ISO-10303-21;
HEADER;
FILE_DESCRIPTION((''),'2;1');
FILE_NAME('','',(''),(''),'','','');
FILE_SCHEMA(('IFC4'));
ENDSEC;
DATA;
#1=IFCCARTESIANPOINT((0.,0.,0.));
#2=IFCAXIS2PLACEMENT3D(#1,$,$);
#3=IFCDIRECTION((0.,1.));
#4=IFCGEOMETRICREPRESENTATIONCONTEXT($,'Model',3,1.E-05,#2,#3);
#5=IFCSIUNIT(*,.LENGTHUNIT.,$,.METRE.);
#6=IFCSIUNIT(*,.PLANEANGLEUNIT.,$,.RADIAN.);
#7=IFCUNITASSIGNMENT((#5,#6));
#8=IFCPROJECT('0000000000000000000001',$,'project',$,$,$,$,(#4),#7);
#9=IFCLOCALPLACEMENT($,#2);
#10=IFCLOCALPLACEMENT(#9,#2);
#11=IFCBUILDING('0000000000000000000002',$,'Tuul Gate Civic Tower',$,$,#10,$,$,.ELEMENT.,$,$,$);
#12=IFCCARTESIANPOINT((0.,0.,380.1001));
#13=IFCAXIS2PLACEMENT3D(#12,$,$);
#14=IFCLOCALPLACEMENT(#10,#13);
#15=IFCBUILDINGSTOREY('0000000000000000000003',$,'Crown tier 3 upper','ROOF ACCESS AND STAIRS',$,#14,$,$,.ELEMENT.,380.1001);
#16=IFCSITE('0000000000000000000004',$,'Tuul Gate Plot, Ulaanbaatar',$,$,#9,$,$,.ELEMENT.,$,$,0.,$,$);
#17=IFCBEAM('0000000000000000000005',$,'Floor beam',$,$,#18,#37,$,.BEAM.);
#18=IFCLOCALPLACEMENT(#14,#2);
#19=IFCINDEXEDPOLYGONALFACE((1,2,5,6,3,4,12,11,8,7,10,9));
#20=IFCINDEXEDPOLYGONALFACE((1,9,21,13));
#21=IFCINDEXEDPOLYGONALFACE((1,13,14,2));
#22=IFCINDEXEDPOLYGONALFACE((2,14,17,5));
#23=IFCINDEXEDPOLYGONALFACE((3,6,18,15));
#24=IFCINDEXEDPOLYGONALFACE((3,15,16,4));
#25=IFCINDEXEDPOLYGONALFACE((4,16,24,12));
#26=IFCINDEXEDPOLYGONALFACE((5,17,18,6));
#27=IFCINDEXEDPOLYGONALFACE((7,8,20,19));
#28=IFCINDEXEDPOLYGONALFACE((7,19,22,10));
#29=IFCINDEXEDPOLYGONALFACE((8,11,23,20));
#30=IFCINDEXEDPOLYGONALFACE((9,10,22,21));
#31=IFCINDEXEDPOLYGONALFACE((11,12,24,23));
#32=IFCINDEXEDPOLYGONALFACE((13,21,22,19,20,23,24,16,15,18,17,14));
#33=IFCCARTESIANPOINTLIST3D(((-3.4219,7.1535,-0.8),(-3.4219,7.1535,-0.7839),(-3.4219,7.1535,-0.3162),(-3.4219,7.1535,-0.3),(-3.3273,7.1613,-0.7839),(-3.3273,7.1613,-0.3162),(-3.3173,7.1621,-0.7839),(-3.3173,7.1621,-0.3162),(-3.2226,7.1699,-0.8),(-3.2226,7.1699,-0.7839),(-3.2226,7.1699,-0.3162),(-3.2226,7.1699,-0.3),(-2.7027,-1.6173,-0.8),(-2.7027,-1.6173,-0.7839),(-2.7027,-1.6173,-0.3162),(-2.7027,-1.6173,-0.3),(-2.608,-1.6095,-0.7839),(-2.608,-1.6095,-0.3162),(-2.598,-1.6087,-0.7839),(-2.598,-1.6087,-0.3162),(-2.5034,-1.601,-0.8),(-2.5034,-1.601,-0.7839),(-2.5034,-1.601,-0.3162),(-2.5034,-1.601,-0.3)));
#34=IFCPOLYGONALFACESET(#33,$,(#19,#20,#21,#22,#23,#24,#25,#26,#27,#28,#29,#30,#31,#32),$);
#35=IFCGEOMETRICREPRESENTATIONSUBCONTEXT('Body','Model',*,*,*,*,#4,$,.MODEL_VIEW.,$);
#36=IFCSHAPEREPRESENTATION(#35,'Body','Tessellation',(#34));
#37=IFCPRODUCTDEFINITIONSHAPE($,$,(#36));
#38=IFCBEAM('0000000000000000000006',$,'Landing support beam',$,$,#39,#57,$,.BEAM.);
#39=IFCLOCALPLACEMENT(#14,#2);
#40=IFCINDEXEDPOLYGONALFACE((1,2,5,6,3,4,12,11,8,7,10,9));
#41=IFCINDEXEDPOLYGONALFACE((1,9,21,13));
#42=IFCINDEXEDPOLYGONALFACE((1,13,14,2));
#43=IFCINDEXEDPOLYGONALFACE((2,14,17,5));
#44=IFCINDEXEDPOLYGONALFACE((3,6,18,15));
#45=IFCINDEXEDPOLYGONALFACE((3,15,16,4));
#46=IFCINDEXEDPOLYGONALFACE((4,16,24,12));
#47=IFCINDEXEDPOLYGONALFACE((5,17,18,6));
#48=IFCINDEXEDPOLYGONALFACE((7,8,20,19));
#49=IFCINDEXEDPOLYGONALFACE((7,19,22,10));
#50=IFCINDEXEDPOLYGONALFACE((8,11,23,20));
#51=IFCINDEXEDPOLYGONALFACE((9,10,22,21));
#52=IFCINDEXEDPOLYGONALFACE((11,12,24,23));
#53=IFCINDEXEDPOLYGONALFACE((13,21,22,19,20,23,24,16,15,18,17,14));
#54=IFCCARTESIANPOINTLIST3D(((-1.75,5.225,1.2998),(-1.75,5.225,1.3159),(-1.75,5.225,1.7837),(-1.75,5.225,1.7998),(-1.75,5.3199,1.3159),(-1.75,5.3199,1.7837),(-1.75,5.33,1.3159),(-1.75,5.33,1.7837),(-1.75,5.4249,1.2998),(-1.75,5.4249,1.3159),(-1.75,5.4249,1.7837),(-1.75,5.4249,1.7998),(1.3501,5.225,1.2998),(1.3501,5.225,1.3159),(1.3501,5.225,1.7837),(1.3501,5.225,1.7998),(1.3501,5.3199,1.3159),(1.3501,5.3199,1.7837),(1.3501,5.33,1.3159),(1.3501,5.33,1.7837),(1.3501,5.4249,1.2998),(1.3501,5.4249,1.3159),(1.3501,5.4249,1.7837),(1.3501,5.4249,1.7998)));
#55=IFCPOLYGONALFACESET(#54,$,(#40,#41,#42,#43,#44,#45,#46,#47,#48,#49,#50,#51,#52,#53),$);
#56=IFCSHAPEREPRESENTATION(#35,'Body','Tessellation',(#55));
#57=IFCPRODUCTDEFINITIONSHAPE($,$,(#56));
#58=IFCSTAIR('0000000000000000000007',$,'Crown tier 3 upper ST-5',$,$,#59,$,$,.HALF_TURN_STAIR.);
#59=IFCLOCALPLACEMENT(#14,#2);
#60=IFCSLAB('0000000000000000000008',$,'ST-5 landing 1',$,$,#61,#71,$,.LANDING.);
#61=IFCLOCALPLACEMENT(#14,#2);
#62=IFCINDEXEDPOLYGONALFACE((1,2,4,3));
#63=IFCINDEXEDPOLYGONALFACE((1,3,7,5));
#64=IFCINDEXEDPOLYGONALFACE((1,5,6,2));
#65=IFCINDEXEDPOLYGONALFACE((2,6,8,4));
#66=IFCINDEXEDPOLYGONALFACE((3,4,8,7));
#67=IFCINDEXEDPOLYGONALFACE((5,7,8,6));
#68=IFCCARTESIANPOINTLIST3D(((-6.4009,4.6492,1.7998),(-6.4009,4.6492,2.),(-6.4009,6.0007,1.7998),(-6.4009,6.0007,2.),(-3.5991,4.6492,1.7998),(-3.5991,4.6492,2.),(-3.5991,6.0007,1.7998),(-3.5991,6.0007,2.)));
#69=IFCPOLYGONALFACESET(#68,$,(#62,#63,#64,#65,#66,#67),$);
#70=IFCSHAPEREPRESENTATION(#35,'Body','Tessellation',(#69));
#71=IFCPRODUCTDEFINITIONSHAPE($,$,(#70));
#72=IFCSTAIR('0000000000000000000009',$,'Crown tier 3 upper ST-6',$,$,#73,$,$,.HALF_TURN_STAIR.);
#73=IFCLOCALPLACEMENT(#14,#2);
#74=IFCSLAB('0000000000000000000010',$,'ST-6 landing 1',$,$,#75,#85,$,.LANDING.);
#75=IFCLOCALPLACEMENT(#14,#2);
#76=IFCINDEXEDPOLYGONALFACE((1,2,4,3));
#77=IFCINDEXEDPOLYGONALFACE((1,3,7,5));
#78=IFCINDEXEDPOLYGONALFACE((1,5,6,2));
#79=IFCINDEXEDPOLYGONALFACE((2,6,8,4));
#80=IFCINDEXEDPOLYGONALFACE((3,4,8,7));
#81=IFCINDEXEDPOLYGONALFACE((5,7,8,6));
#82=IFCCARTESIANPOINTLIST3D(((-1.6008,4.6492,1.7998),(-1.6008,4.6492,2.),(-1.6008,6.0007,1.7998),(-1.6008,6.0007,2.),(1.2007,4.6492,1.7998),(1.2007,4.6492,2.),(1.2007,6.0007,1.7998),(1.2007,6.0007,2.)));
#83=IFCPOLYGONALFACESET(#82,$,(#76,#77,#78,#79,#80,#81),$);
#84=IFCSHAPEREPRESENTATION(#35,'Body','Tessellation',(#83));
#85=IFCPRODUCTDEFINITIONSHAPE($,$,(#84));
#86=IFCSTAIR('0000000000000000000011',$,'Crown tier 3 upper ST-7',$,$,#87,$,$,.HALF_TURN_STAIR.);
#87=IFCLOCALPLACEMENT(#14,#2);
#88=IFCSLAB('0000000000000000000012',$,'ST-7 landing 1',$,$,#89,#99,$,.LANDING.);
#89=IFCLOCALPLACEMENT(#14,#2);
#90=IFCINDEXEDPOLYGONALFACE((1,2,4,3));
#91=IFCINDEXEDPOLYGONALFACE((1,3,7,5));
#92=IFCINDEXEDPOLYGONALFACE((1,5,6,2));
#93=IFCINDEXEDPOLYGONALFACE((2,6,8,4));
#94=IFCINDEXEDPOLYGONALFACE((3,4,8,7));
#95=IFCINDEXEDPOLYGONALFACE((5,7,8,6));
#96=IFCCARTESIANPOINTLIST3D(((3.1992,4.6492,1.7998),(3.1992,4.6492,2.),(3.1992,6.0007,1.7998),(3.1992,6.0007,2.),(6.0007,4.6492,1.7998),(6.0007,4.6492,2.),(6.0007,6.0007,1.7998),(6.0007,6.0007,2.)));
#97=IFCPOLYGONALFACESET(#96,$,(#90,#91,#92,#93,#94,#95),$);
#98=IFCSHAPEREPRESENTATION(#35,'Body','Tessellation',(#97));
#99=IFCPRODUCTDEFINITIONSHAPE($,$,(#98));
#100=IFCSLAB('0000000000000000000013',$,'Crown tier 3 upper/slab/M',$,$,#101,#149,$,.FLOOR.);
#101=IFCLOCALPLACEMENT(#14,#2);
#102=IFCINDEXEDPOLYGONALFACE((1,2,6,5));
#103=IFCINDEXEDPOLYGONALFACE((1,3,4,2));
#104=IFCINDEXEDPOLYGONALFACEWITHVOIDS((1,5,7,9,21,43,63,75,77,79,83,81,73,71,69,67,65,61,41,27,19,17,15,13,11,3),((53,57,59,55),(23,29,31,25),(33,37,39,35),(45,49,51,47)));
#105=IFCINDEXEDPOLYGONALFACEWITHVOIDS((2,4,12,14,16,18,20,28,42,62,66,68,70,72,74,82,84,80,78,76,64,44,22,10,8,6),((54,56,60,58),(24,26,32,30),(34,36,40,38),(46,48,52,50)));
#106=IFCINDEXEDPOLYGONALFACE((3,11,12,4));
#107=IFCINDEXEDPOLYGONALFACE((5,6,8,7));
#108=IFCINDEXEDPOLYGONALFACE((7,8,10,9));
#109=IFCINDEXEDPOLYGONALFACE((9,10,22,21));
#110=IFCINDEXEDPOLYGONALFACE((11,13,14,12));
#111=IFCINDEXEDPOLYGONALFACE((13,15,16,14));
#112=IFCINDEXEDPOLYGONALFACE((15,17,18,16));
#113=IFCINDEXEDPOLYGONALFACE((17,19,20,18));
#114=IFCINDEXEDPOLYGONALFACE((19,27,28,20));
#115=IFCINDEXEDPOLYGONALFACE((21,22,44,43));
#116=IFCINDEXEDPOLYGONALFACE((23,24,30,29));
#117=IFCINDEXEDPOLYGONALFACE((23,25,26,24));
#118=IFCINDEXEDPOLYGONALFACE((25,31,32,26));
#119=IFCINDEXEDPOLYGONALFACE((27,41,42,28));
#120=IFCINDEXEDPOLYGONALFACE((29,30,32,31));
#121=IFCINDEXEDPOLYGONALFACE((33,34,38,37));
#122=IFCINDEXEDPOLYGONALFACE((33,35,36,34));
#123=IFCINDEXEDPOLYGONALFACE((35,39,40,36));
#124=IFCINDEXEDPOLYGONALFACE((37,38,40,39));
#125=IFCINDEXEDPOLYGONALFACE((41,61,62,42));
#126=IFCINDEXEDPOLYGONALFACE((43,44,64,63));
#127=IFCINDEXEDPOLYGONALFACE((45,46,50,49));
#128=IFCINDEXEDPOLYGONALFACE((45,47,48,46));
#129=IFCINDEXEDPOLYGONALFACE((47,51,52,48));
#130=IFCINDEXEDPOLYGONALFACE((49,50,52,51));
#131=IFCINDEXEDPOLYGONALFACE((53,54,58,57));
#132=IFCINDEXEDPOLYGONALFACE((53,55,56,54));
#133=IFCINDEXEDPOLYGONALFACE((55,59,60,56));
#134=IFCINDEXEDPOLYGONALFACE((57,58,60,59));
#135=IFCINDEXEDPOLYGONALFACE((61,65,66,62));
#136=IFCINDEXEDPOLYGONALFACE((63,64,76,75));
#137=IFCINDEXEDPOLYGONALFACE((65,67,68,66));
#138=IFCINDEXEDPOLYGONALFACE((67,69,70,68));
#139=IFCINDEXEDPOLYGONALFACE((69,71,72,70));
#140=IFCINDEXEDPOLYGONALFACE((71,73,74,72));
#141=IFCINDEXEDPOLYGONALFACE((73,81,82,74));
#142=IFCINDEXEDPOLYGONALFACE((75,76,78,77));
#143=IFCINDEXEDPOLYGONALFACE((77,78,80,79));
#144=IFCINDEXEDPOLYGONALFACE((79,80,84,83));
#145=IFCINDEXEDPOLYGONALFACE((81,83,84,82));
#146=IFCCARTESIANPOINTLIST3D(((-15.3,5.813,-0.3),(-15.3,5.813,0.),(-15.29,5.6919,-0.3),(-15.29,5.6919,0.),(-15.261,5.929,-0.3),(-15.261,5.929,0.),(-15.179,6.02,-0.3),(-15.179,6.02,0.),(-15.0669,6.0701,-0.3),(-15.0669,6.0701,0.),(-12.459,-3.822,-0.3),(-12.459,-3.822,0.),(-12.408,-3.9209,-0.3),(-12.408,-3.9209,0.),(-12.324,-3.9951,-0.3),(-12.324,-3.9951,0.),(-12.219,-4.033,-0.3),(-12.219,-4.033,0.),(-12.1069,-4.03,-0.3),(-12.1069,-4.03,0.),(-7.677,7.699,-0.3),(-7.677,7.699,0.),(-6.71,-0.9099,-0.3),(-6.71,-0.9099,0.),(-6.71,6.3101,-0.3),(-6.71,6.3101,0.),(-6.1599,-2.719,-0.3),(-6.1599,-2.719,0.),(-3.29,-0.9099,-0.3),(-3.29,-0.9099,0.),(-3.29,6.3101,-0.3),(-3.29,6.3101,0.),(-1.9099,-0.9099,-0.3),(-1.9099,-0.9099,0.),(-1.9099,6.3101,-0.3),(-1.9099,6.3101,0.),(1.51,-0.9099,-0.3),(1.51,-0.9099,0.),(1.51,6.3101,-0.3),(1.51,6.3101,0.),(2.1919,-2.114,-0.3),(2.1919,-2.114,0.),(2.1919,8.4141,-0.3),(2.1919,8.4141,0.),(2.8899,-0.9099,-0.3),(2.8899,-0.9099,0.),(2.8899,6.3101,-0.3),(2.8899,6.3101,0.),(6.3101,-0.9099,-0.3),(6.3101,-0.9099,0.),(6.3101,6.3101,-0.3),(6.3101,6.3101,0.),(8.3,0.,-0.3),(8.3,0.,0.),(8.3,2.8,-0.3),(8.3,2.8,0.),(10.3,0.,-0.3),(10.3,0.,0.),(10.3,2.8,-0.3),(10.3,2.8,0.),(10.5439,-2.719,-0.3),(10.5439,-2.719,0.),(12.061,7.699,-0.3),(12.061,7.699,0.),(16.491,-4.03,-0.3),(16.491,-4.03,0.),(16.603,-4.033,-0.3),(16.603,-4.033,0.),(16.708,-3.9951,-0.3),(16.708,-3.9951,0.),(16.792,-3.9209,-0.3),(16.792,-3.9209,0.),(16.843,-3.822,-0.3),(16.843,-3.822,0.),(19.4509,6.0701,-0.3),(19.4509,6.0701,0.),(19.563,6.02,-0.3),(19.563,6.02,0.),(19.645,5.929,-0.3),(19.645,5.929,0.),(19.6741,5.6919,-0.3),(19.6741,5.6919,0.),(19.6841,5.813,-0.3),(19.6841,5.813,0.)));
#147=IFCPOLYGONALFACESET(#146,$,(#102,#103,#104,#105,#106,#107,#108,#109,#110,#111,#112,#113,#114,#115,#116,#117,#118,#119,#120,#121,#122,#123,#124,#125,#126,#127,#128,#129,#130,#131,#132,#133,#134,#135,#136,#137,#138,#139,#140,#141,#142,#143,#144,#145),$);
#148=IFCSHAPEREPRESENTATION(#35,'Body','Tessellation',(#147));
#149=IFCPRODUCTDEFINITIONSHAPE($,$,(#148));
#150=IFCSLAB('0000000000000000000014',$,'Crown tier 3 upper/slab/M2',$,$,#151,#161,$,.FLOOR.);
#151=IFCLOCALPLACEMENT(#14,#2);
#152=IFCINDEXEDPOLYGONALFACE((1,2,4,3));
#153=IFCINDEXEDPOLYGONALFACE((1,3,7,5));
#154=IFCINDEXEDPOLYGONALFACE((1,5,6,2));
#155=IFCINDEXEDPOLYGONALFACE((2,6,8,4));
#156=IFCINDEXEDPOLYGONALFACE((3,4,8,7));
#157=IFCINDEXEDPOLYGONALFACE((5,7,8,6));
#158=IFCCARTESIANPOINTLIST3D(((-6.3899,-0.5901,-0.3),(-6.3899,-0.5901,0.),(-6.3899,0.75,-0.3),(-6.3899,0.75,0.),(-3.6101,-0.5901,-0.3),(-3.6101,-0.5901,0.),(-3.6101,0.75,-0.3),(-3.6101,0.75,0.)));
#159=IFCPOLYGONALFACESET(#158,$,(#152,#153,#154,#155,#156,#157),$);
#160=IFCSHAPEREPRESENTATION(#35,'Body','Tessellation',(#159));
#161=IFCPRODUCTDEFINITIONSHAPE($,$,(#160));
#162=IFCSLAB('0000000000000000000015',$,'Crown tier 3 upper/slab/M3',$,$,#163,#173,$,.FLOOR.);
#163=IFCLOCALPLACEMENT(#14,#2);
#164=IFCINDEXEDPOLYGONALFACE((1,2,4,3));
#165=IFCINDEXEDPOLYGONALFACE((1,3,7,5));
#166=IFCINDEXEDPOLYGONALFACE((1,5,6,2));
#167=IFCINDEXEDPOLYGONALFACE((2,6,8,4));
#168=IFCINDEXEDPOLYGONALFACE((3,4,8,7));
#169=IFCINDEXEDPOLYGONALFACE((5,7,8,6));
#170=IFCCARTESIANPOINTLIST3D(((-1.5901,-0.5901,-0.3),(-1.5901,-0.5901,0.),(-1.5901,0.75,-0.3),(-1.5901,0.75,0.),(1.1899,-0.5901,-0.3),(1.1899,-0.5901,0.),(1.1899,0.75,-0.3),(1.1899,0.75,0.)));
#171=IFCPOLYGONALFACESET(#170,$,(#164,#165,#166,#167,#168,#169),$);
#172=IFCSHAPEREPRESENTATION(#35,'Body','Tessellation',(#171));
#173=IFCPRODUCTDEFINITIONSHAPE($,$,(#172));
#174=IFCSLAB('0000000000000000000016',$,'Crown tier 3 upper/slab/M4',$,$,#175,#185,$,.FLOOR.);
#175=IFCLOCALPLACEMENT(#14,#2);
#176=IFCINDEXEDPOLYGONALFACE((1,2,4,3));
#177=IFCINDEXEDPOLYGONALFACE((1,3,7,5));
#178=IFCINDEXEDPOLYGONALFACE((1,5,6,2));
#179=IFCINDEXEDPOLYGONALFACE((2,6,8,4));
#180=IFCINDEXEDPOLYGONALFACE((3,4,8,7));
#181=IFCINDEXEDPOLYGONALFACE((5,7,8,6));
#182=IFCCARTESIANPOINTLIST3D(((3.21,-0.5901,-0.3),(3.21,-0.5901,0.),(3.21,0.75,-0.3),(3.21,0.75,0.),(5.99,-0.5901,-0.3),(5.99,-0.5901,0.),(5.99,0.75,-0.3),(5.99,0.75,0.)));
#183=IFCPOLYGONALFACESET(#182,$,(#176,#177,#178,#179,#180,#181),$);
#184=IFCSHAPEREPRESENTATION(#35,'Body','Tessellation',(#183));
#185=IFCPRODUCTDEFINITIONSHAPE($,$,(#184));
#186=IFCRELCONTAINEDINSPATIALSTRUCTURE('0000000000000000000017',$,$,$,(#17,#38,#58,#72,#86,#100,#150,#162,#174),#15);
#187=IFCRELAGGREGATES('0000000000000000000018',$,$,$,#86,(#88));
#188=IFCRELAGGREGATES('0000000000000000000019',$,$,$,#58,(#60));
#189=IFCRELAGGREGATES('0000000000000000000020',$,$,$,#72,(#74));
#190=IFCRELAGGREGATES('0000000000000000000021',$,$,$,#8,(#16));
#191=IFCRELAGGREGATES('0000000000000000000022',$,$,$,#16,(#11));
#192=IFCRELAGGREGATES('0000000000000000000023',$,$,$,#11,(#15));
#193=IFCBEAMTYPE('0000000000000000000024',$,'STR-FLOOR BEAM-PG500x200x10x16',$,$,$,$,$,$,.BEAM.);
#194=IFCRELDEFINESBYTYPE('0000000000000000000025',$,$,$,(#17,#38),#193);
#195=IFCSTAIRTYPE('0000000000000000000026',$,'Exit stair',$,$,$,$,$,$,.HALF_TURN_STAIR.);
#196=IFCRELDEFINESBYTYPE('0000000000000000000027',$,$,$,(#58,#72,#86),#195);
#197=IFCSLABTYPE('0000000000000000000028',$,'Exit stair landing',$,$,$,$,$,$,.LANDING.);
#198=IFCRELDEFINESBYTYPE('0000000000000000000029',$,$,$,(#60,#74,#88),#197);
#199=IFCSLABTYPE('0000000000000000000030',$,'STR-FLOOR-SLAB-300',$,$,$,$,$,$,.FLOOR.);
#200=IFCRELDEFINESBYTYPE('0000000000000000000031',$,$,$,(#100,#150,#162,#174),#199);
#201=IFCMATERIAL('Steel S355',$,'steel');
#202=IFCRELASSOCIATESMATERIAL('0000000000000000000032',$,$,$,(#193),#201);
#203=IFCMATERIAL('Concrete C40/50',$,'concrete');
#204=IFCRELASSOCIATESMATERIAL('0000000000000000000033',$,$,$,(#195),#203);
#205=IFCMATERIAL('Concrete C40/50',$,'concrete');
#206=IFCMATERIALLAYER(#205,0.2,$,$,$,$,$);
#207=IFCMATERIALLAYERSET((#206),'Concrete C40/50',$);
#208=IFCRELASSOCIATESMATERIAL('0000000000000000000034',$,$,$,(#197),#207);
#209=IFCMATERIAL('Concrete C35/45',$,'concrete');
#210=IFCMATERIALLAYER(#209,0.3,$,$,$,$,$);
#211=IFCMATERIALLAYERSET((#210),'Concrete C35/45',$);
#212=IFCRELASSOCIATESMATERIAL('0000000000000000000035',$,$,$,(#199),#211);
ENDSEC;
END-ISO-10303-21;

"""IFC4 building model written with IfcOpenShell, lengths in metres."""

from ifc_helpers import new_model, si_unit, direction, frame, origin, origin_2d, place, context, subcontext, project, spatial, polyline, i_section, outline, extrude, material, layer, layer_set, material_profile, profile_set, type_object, element, aggregate, save


model = new_model("IFC4")

# Units and contexts
model_context = context("Model", 3, precision=1e-05, world=origin(), true_north=direction((0.0, 1.0)))
body_context = subcontext(model_context, "Body", "Model", "MODEL_VIEW")
ifc_project = project(units=[si_unit("LENGTHUNIT", "METRE"), si_unit("PLANEANGLEUNIT", "RADIAN")], contexts=[model_context])

# Site, building, storey
site_placement = place(None, origin())
site = spatial("IfcSite", under=ifc_project, at=site_placement, Name="Tuul Gate Plot, Ulaanbaatar", CompositionType="ELEMENT", RefElevation=0.0)
building_placement = place(site_placement, origin())
building = spatial("IfcBuilding", under=site, at=building_placement, Name="Tuul Gate Civic Tower", CompositionType="ELEMENT")
storey_placement = place(building_placement, frame((0.0, 0.0, 380.1001)))
storey = spatial("IfcBuildingStorey", under=building, at=storey_placement, Name="Crown tier 3 upper", Description="ROOF ACCESS AND STAIRS", CompositionType="ELEMENT", Elevation=380.1001)

# Beams
ifc_material_1 = material(Name="Steel S355", Category="steel")
ifc_material_profile = material_profile(ifc_material_1, i_section(OverallWidth=0.2, OverallDepth=0.5, WebThickness=0.01, FlangeThickness=0.0161, at=origin_2d()), Name="PG500x200x10x16")
ifc_profile_set = profile_set([ifc_material_profile], Name="Steel S355")
beam_type = type_object("IfcBeamType", Name="STR-FLOOR BEAM-PG500x200x10x16", PredefinedType="BEAM", material=ifc_profile_set)
beam_1_placement = place(storey_placement, frame((-2.603, -1.6091, -0.55), z_axis=(-0.08173, 0.996655, 0.0), x_axis=(-0.996655, -0.08173, 0.0)))
element("IfcBeam", 1, at=beam_1_placement, inside=storey, type_object=beam_type, Name="Floor beam", PredefinedType="BEAM", context=body_context, shape_type="SweptSolid", body=[
    extrude(i_section(OverallWidth=0.2, OverallDepth=0.5, WebThickness=0.01, FlangeThickness=0.0161, at=origin_2d()), origin(), (0.0, 0.0, 1.0), 8.8003),
])
beam_2_placement = place(storey_placement, frame((-1.75, 5.325, 1.5498), z_axis=(1.0, 0.0, 0.0), x_axis=(0.0, 1.0, 0.0)))
element("IfcBeam", 2, at=beam_2_placement, inside=storey, type_object=beam_type, Name="Landing support beam", PredefinedType="BEAM", context=body_context, shape_type="SweptSolid", body=[
    extrude(i_section(OverallWidth=0.2, OverallDepth=0.5, WebThickness=0.01, FlangeThickness=0.0161, at=origin_2d()), origin(), (0.0, 0.0, 1.0), 3.1001),
])

# Stairs, slabs
ifc_material_2 = material(Name="Concrete C40/50", Category="concrete")
stair_type = type_object("IfcStairType", Name="Exit stair", PredefinedType="HALF_TURN_STAIR", material=ifc_material_2)
stair_1_placement = place(storey_placement, origin())
stair_1 = element("IfcStair", 3, at=stair_1_placement, inside=storey, type_object=stair_type, Name="Crown tier 3 upper ST-5", PredefinedType="HALF_TURN_STAIR")
ifc_material_3 = material(Name="Concrete C40/50", Category="concrete")
ifc_layer_1 = layer(ifc_material_3, 0.2)
ifc_layer_set_1 = layer_set([ifc_layer_1], Name="Concrete C40/50")
slab_type_1 = type_object("IfcSlabType", Name="Exit stair landing", PredefinedType="LANDING", material=ifc_layer_set_1)
slab_1_placement = place(storey_placement, frame((0.0, 0.0, 1.7998)))
slab_1 = element("IfcSlab", 4, at=slab_1_placement, type_object=slab_type_1, Name="ST-5 landing 1", PredefinedType="LANDING", context=body_context, shape_type="SweptSolid", body=[
    extrude(outline(polyline([(-3.5991, 4.6492), (-6.4009, 4.6492), (-6.4009, 6.0007), (-3.5991, 6.0007), (-3.5991, 4.6492)])), origin(), (0.0, 0.0, 1.0), 0.2002),
])
stair_2_placement = place(storey_placement, origin())
stair_2 = element("IfcStair", 5, at=stair_2_placement, inside=storey, type_object=stair_type, Name="Crown tier 3 upper ST-6", PredefinedType="HALF_TURN_STAIR")
slab_2_placement = place(storey_placement, frame((0.0, 0.0, 1.7998)))
slab_2 = element("IfcSlab", 6, at=slab_2_placement, type_object=slab_type_1, Name="ST-6 landing 1", PredefinedType="LANDING", context=body_context, shape_type="SweptSolid", body=[
    extrude(outline(polyline([(1.2007, 4.6492), (-1.6008, 4.6492), (-1.6008, 6.0007), (1.2007, 6.0007), (1.2007, 4.6492)])), origin(), (0.0, 0.0, 1.0), 0.2002),
])
stair_3_placement = place(storey_placement, origin())
stair_3 = element("IfcStair", 7, at=stair_3_placement, inside=storey, type_object=stair_type, Name="Crown tier 3 upper ST-7", PredefinedType="HALF_TURN_STAIR")
slab_3_placement = place(storey_placement, frame((0.0, 0.0, 1.7998)))
slab_3 = element("IfcSlab", 8, at=slab_3_placement, type_object=slab_type_1, Name="ST-7 landing 1", PredefinedType="LANDING", context=body_context, shape_type="SweptSolid", body=[
    extrude(outline(polyline([(6.0007, 4.6492), (3.1992, 4.6492), (3.1992, 6.0007), (6.0007, 6.0007), (6.0007, 4.6492)])), origin(), (0.0, 0.0, 1.0), 0.2002),
])
aggregate(stair_3, [slab_3])

# Slabs
ifc_material_4 = material(Name="Concrete C35/45", Category="concrete")
ifc_layer_2 = layer(ifc_material_4, 0.3)
ifc_layer_set_2 = layer_set([ifc_layer_2], Name="Concrete C35/45")
slab_type_2 = type_object("IfcSlabType", Name="STR-FLOOR-SLAB-300", PredefinedType="FLOOR", material=ifc_layer_set_2)
slab_4_placement = place(storey_placement, frame((0.0, 0.0, -0.3)))
element("IfcSlab", 9, at=slab_4_placement, inside=storey, type_object=slab_type_2, Name="Crown tier 3 upper/slab/M", PredefinedType="FLOOR", context=body_context, shape_type="SweptSolid", body=[
    extrude(outline(polyline([(16.792, -3.9209), (16.843, -3.822), (19.6741, 5.6919), (19.6841, 5.813), (19.645, 5.929), (19.563, 6.02), (19.4509, 6.0701), (12.061, 7.699), (2.1919, 8.4141), (-7.677, 7.699), (-15.0669, 6.0701), (-15.179, 6.02), (-15.261, 5.929), (-15.3, 5.813), (-15.29, 5.6919), (-12.459, -3.822), (-12.408, -3.9209), (-12.324, -3.9951), (-12.219, -4.033), (-12.1069, -4.03), (-6.1599, -2.719), (2.1919, -2.114), (10.5439, -2.719), (16.491, -4.03), (16.603, -4.033), (16.708, -3.9951), (16.792, -3.9209)]), holes=[polyline([(10.3, 0.0), (8.3, 0.0), (8.3, 2.8), (10.3, 2.8), (10.3, 0.0)]), polyline([(-6.71, -0.9099), (-6.71, 6.3101), (-3.29, 6.3101), (-3.29, -0.9099), (-6.71, -0.9099)]), polyline([(-1.9099, -0.9099), (-1.9099, 6.3101), (1.51, 6.3101), (1.51, -0.9099), (-1.9099, -0.9099)]), polyline([(2.8899, -0.9099), (2.8899, 6.3101), (6.3101, 6.3101), (6.3101, -0.9099), (2.8899, -0.9099)])]), origin(), (0.0, 0.0, 1.0), 0.3),
])
slab_5_placement = place(storey_placement, frame((0.0, 0.0, -0.3)))
element("IfcSlab", 10, at=slab_5_placement, inside=storey, type_object=slab_type_2, Name="Crown tier 3 upper/slab/M2", PredefinedType="FLOOR", context=body_context, shape_type="SweptSolid", body=[
    extrude(outline(polyline([(-3.6101, 0.75), (-6.3899, 0.75), (-6.3899, -0.5901), (-3.6101, -0.5901), (-3.6101, 0.75)])), origin(), (0.0, 0.0, 1.0), 0.3),
])
slab_6_placement = place(storey_placement, frame((0.0, 0.0, -0.3)))
element("IfcSlab", 11, at=slab_6_placement, inside=storey, type_object=slab_type_2, Name="Crown tier 3 upper/slab/M3", PredefinedType="FLOOR", context=body_context, shape_type="SweptSolid", body=[
    extrude(outline(polyline([(1.1899, 0.75), (-1.5901, 0.75), (-1.5901, -0.5901), (1.1899, -0.5901), (1.1899, 0.75)])), origin(), (0.0, 0.0, 1.0), 0.3),
])
slab_7_placement = place(storey_placement, frame((0.0, 0.0, -0.3)))
element("IfcSlab", 12, at=slab_7_placement, inside=storey, type_object=slab_type_2, Name="Crown tier 3 upper/slab/M4", PredefinedType="FLOOR", context=body_context, shape_type="SweptSolid", body=[
    extrude(outline(polyline([(3.21, 0.75), (3.21, -0.5901), (5.99, -0.5901), (5.99, 0.75), (3.21, 0.75)])), origin(), (0.0, 0.0, 1.0), 0.3),
])

aggregate(stair_1, [slab_1])
aggregate(stair_2, [slab_2])

save(model, "model.ifc")
